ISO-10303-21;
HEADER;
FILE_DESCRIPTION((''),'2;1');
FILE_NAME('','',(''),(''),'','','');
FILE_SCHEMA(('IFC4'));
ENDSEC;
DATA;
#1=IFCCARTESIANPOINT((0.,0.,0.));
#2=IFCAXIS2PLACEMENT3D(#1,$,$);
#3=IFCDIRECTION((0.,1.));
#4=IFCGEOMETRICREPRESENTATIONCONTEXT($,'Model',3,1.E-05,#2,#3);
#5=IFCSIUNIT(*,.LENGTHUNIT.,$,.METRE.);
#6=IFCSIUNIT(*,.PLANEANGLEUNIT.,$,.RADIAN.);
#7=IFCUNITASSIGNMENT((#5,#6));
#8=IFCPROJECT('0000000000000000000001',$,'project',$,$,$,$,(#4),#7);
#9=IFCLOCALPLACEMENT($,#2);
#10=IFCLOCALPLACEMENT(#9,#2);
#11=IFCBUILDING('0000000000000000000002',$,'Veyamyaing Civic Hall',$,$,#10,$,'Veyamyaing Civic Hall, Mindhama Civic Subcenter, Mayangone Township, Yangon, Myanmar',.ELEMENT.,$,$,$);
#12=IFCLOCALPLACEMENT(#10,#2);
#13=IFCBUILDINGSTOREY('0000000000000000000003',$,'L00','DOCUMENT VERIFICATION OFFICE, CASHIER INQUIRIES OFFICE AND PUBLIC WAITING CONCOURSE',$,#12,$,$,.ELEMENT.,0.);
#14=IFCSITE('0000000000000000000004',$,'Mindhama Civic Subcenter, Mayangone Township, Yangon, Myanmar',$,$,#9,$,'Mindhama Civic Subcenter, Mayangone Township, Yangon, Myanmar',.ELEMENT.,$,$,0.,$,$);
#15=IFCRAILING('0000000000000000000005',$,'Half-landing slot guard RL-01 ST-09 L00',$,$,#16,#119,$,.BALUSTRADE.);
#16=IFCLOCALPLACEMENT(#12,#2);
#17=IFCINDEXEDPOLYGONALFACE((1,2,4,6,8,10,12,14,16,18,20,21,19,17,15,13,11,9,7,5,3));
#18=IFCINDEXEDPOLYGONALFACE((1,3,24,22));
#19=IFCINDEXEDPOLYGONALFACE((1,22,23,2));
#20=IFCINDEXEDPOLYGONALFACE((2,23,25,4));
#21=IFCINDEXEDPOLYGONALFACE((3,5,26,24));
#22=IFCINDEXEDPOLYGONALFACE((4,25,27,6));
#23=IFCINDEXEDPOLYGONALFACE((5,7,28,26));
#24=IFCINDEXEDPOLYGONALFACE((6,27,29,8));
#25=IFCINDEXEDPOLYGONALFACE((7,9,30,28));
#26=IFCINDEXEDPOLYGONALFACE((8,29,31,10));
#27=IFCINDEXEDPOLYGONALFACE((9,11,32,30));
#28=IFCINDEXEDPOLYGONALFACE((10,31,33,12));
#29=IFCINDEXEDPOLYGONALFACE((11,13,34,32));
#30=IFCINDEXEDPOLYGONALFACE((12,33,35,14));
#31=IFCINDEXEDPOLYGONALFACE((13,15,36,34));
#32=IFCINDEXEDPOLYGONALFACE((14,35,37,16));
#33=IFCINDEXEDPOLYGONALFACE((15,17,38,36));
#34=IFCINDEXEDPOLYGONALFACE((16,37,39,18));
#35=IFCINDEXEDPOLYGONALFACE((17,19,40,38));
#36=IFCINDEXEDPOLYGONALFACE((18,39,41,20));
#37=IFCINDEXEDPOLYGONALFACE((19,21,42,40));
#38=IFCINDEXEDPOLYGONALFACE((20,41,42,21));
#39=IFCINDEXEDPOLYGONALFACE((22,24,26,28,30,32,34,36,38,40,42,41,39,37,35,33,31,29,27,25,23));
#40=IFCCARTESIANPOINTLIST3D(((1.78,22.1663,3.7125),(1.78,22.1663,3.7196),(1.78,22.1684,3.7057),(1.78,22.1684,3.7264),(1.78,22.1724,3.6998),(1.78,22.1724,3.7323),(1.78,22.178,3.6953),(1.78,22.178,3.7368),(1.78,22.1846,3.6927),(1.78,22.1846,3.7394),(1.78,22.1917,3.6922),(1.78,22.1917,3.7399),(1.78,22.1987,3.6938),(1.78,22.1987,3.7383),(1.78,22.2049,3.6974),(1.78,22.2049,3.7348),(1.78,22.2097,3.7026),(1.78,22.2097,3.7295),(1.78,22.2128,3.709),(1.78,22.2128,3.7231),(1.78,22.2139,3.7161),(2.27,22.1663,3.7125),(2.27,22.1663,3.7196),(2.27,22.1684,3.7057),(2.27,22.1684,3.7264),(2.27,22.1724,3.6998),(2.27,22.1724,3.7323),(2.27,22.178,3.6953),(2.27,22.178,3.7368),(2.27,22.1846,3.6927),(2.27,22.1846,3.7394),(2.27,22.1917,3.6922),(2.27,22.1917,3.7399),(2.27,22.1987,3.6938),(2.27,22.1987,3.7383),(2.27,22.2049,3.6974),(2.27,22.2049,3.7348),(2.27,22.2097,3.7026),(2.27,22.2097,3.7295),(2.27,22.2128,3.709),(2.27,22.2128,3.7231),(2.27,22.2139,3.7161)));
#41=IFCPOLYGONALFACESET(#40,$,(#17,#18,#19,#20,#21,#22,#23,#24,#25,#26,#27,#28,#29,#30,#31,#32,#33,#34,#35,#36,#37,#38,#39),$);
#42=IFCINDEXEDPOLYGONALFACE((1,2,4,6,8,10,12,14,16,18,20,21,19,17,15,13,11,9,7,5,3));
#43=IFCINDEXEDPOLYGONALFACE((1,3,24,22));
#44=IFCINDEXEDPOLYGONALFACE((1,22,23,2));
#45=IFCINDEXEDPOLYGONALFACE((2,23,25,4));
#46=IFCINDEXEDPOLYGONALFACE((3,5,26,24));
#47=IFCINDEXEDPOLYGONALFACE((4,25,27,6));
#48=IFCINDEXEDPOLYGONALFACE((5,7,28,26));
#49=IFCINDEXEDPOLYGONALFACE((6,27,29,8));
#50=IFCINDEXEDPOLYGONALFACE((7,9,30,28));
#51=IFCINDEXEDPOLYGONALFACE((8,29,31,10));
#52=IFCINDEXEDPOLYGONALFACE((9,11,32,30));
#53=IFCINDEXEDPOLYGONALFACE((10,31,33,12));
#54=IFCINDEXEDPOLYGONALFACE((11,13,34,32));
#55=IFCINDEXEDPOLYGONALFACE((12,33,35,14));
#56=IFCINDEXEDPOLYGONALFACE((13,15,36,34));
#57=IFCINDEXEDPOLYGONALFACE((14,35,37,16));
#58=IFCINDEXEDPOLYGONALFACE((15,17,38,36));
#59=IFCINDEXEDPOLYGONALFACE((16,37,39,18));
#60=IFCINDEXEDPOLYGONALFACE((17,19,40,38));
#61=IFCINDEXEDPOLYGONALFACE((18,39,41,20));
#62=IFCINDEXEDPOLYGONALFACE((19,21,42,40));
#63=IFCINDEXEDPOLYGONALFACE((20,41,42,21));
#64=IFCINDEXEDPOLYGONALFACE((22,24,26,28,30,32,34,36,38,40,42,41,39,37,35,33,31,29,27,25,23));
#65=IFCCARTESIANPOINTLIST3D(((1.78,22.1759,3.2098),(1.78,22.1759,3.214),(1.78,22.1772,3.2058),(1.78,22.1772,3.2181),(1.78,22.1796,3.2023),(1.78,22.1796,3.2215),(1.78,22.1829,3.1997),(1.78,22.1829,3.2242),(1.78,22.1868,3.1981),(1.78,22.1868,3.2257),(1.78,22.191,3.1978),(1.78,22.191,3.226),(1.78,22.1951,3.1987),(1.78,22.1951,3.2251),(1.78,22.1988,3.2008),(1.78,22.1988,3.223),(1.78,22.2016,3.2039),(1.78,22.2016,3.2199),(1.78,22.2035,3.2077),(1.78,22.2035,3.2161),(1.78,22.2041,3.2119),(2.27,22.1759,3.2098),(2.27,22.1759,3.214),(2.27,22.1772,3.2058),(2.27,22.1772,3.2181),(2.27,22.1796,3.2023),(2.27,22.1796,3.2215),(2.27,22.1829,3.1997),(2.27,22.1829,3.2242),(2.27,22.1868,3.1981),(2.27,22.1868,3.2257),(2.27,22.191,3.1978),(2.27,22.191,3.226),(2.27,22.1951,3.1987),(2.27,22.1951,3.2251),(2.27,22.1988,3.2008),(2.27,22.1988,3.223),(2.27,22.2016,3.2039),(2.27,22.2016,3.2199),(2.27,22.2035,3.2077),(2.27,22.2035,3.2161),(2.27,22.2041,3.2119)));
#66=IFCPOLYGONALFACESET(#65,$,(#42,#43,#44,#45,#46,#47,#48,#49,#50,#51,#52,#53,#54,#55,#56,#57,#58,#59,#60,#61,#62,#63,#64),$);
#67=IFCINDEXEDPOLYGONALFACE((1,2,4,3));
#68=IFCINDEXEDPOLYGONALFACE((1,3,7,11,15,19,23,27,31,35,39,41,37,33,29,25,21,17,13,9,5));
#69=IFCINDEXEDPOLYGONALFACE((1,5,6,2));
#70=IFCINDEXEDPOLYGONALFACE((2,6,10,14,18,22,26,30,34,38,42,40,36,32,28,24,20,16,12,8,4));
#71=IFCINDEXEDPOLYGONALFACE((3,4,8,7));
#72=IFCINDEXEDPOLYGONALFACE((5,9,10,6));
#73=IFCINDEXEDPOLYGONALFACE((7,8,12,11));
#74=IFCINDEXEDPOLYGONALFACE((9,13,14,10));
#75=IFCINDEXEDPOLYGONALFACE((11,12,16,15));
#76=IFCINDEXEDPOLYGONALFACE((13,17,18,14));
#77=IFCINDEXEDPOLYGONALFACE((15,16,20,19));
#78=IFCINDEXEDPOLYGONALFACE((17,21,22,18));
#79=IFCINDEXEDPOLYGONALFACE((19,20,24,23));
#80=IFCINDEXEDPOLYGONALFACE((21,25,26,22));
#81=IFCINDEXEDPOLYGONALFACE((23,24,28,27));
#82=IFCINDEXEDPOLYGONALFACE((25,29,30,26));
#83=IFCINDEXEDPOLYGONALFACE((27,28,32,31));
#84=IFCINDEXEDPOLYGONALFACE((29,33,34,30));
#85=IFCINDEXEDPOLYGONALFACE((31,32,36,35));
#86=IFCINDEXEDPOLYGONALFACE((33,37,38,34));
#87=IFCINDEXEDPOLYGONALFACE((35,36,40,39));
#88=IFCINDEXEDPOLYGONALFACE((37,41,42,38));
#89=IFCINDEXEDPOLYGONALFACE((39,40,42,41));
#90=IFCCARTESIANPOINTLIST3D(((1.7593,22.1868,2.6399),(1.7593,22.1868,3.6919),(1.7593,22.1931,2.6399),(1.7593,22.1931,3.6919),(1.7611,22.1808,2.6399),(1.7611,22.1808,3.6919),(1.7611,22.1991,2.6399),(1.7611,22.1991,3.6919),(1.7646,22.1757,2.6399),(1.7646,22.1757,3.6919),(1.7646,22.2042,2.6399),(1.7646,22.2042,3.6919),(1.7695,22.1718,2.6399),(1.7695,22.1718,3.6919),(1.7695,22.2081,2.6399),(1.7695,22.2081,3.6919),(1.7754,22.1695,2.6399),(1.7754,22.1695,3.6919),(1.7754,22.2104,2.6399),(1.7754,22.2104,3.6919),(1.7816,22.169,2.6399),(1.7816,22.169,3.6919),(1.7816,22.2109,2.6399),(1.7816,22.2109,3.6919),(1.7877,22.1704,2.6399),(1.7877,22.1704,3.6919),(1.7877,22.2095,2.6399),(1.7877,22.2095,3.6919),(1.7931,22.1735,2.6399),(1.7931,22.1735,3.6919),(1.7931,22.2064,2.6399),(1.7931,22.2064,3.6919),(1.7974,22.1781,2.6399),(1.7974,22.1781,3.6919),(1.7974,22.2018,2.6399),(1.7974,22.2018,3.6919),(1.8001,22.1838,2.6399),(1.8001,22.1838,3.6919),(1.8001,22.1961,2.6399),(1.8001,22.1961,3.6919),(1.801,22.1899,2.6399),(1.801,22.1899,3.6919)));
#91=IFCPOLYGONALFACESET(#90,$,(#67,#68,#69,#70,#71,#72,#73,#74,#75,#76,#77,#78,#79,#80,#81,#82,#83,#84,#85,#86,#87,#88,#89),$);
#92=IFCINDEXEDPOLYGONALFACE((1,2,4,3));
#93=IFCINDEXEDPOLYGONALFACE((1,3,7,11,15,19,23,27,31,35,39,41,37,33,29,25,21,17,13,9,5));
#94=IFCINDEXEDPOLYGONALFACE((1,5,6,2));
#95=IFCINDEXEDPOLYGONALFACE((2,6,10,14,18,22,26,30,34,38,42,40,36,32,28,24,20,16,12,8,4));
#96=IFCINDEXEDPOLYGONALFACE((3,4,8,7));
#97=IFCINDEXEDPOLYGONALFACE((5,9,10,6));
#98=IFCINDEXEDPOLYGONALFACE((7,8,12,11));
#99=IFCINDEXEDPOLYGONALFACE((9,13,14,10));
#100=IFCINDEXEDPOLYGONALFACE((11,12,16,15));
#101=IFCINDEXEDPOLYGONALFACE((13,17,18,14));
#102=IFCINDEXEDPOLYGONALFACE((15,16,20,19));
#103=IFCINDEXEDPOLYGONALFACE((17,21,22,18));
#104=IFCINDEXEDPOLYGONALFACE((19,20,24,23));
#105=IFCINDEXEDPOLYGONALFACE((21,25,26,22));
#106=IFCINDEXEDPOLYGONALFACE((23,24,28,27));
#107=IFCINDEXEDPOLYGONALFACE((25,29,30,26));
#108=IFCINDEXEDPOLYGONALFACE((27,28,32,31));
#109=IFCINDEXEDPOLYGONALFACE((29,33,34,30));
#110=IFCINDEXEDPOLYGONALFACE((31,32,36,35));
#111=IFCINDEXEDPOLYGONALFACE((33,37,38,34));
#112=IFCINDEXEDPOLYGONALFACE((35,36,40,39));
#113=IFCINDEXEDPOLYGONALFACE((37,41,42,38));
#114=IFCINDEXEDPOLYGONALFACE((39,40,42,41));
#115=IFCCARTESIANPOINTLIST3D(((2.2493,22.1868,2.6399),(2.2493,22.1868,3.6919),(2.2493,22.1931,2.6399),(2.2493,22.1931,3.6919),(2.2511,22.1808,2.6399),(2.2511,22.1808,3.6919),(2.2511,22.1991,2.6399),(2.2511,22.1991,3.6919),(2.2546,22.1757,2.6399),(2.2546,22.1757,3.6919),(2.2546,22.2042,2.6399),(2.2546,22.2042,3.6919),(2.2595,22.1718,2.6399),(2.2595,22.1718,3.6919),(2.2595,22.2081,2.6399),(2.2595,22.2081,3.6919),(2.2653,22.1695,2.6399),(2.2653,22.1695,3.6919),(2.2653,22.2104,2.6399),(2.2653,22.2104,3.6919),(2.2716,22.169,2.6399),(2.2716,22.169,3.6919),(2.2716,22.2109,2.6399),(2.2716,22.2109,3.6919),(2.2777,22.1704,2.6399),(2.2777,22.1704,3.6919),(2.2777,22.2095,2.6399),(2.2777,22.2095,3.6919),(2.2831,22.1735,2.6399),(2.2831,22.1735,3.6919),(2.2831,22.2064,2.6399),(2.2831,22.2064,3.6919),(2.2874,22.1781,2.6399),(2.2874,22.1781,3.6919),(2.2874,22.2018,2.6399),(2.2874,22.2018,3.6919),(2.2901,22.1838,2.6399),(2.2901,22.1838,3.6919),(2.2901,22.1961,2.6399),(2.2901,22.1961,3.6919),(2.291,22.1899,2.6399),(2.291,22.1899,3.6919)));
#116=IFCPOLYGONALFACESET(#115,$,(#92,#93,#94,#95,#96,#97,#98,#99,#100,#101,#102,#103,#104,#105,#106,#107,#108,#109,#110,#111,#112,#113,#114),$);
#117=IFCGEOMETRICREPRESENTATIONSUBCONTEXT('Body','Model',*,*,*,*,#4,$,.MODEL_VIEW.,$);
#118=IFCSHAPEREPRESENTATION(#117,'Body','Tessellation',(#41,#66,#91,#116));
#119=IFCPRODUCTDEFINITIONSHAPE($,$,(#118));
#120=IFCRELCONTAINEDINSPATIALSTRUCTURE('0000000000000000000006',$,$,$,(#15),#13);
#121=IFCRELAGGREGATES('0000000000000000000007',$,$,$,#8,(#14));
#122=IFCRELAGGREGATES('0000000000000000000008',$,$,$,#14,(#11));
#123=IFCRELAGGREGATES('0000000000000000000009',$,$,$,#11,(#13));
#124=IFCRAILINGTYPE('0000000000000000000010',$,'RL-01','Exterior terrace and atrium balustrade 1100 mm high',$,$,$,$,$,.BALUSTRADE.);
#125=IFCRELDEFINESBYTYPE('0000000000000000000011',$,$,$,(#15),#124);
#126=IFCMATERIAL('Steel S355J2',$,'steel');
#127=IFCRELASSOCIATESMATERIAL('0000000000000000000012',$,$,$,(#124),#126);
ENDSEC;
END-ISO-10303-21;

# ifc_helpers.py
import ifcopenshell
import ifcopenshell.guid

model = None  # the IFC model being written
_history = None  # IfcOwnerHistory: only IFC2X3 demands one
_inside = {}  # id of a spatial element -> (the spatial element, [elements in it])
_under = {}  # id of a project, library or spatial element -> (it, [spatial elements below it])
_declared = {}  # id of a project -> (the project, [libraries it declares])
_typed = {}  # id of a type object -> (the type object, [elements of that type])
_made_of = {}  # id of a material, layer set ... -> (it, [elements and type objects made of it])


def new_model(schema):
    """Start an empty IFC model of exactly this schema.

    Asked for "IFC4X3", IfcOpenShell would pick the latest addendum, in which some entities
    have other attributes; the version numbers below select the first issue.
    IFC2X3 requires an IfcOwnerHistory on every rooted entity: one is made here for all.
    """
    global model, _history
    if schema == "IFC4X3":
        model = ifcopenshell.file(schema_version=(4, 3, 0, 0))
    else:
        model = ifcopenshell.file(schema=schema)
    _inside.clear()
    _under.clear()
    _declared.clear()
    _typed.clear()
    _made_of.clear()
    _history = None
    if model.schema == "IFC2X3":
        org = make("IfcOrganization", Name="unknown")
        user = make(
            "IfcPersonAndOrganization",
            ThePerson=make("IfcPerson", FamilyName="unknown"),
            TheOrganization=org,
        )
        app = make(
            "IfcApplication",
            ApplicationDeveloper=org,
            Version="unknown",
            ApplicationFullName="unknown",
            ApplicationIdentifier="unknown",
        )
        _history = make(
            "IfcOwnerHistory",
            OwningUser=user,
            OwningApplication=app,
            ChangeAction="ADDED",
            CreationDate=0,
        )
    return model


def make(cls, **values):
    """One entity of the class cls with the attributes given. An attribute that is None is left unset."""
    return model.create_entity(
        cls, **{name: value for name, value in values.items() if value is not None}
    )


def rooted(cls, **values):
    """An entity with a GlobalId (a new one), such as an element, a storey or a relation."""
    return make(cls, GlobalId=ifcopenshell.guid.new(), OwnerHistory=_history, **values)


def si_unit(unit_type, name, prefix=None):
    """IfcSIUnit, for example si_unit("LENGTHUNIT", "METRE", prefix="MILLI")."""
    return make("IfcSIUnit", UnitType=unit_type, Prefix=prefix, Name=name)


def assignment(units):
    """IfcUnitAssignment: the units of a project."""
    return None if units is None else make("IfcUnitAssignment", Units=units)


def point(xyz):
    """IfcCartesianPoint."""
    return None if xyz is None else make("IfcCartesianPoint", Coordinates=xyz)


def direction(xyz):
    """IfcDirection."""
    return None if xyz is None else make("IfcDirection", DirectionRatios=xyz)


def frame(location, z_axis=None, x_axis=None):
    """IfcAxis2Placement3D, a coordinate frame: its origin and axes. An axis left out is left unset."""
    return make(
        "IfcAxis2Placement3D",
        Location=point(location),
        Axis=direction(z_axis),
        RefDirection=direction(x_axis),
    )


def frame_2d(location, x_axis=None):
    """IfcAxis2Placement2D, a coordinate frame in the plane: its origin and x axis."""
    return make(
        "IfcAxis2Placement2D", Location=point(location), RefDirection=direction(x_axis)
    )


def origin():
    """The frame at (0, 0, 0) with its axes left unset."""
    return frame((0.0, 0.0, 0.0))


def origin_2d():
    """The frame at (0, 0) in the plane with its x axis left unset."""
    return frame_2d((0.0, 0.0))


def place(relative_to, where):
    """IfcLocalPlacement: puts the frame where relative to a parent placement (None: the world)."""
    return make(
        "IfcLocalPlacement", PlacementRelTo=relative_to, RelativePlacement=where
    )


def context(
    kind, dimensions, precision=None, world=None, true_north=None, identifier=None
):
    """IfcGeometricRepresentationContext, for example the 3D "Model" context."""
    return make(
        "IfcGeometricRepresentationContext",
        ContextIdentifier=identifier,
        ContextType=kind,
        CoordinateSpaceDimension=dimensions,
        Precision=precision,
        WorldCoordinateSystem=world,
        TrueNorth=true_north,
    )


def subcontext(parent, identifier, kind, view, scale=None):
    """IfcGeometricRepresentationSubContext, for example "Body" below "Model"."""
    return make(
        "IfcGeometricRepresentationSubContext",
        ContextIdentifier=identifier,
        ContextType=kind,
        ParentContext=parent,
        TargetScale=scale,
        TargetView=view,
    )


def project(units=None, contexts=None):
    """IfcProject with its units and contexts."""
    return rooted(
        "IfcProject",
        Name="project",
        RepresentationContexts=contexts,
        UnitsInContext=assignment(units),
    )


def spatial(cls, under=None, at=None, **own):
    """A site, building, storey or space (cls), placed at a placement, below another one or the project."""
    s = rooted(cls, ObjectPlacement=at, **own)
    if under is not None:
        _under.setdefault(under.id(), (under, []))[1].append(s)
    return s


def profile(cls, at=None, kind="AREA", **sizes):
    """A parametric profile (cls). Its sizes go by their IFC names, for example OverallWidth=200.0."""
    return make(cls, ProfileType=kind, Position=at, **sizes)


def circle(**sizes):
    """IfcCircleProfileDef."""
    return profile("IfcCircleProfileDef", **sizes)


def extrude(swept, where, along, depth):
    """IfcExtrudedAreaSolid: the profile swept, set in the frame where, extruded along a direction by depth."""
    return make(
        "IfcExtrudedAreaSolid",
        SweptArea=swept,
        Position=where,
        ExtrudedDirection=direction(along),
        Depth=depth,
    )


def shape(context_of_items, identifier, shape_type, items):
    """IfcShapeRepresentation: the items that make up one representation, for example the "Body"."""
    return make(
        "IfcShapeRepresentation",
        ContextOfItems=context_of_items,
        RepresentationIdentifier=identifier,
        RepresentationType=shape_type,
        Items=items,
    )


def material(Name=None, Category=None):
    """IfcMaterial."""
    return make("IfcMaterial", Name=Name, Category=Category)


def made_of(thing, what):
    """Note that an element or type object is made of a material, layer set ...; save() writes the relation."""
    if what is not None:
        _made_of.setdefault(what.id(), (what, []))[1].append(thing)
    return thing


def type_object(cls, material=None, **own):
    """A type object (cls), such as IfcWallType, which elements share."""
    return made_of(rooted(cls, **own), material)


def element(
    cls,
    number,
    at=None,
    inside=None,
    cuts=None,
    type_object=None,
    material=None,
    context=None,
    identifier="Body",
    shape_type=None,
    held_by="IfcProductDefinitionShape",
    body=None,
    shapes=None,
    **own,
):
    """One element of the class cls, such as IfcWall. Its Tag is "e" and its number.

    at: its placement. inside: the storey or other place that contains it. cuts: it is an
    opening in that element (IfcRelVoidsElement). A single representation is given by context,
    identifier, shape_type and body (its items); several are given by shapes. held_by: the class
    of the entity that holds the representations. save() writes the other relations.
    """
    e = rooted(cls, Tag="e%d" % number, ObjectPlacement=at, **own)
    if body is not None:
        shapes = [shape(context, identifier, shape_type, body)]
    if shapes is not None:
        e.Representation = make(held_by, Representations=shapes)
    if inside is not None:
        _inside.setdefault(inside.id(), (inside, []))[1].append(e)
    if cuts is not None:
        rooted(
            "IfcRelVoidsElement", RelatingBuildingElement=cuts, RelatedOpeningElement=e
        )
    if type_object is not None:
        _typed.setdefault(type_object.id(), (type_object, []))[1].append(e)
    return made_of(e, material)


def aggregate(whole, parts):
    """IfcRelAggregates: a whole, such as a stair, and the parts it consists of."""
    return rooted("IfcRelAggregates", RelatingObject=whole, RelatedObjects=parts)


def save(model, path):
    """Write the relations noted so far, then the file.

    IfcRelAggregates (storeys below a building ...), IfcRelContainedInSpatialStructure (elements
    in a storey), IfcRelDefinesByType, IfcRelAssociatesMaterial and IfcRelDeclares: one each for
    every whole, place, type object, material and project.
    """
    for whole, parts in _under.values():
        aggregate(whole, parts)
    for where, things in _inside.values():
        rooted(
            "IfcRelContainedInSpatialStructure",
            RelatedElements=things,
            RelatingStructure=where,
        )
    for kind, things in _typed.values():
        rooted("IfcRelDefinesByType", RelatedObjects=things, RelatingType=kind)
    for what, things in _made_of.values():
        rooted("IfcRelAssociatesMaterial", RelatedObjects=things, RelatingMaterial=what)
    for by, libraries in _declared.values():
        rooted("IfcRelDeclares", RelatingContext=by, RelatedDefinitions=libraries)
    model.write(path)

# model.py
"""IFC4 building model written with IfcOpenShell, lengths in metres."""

from ifc_helpers import new_model, si_unit, direction, frame, origin, origin_2d, place, context, subcontext, project, spatial, circle, extrude, material, type_object, element, save


model = new_model("IFC4")

# Units and contexts
model_context = context("Model", 3, precision=1e-05, world=origin(), true_north=direction((0.0, 1.0)))
body_context = subcontext(model_context, "Body", "Model", "MODEL_VIEW")
ifc_project = project(units=[si_unit("LENGTHUNIT", "METRE"), si_unit("PLANEANGLEUNIT", "RADIAN")], contexts=[model_context])

# Site, building, storey
site_placement = place(None, origin())
site = spatial("IfcSite", under=ifc_project, at=site_placement, Name="Mindhama Civic Subcenter, Mayangone Township, Yangon, Myanmar", LongName="Mindhama Civic Subcenter, Mayangone Township, Yangon, Myanmar", CompositionType="ELEMENT", RefElevation=0.0)
building_placement = place(site_placement, origin())
building = spatial("IfcBuilding", under=site, at=building_placement, Name="Veyamyaing Civic Hall", LongName="Veyamyaing Civic Hall, Mindhama Civic Subcenter, Mayangone Township, Yangon, Myanmar", CompositionType="ELEMENT")
storey_placement = place(building_placement, origin())
storey = spatial("IfcBuildingStorey", under=building, at=storey_placement, Name="L00", Description="DOCUMENT VERIFICATION OFFICE, CASHIER INQUIRIES OFFICE AND PUBLIC WAITING CONCOURSE", CompositionType="ELEMENT", Elevation=0.0)

# Railing
ifc_material_1 = material(Name="Steel S355J2", Category="steel")
railing_type_1 = type_object("IfcRailingType", Name="RL-01", Description="Exterior terrace and atrium balustrade 1100 mm high", PredefinedType="BALUSTRADE", material=ifc_material_1)
railing_1_placement = place(storey_placement, frame((1.78, 22.1899, 2.6399)))
element("IfcRailing", 1, at=railing_1_placement, inside=storey, type_object=railing_type_1, Name="Half-landing slot guard RL-01 ST-09 L00", PredefinedType="BALUSTRADE", context=body_context, shape_type="SweptSolid", body=[
    extrude(circle(Radius=0.0239, at=origin_2d()), frame((0.0, 0.0, 1.0762), z_axis=(1.0, 0.0, 0.0), x_axis=(0.0, 1.0, 0.0)), (0.0, 0.0, 1.0), 0.49),
    extrude(circle(Radius=0.0142, at=origin_2d()), frame((0.0, 0.0, 0.572), z_axis=(1.0, 0.0, 0.0), x_axis=(0.0, 1.0, 0.0)), (0.0, 0.0, 1.0), 0.49),
    extrude(circle(Radius=0.021, at=origin_2d()), origin(), (0.0, 0.0, 1.0), 1.052),
    extrude(circle(Radius=0.021, at=origin_2d()), frame((0.49, 0.0, 0.0)), (0.0, 0.0, 1.0), 1.052),
])

save(model, "model.ifc")
